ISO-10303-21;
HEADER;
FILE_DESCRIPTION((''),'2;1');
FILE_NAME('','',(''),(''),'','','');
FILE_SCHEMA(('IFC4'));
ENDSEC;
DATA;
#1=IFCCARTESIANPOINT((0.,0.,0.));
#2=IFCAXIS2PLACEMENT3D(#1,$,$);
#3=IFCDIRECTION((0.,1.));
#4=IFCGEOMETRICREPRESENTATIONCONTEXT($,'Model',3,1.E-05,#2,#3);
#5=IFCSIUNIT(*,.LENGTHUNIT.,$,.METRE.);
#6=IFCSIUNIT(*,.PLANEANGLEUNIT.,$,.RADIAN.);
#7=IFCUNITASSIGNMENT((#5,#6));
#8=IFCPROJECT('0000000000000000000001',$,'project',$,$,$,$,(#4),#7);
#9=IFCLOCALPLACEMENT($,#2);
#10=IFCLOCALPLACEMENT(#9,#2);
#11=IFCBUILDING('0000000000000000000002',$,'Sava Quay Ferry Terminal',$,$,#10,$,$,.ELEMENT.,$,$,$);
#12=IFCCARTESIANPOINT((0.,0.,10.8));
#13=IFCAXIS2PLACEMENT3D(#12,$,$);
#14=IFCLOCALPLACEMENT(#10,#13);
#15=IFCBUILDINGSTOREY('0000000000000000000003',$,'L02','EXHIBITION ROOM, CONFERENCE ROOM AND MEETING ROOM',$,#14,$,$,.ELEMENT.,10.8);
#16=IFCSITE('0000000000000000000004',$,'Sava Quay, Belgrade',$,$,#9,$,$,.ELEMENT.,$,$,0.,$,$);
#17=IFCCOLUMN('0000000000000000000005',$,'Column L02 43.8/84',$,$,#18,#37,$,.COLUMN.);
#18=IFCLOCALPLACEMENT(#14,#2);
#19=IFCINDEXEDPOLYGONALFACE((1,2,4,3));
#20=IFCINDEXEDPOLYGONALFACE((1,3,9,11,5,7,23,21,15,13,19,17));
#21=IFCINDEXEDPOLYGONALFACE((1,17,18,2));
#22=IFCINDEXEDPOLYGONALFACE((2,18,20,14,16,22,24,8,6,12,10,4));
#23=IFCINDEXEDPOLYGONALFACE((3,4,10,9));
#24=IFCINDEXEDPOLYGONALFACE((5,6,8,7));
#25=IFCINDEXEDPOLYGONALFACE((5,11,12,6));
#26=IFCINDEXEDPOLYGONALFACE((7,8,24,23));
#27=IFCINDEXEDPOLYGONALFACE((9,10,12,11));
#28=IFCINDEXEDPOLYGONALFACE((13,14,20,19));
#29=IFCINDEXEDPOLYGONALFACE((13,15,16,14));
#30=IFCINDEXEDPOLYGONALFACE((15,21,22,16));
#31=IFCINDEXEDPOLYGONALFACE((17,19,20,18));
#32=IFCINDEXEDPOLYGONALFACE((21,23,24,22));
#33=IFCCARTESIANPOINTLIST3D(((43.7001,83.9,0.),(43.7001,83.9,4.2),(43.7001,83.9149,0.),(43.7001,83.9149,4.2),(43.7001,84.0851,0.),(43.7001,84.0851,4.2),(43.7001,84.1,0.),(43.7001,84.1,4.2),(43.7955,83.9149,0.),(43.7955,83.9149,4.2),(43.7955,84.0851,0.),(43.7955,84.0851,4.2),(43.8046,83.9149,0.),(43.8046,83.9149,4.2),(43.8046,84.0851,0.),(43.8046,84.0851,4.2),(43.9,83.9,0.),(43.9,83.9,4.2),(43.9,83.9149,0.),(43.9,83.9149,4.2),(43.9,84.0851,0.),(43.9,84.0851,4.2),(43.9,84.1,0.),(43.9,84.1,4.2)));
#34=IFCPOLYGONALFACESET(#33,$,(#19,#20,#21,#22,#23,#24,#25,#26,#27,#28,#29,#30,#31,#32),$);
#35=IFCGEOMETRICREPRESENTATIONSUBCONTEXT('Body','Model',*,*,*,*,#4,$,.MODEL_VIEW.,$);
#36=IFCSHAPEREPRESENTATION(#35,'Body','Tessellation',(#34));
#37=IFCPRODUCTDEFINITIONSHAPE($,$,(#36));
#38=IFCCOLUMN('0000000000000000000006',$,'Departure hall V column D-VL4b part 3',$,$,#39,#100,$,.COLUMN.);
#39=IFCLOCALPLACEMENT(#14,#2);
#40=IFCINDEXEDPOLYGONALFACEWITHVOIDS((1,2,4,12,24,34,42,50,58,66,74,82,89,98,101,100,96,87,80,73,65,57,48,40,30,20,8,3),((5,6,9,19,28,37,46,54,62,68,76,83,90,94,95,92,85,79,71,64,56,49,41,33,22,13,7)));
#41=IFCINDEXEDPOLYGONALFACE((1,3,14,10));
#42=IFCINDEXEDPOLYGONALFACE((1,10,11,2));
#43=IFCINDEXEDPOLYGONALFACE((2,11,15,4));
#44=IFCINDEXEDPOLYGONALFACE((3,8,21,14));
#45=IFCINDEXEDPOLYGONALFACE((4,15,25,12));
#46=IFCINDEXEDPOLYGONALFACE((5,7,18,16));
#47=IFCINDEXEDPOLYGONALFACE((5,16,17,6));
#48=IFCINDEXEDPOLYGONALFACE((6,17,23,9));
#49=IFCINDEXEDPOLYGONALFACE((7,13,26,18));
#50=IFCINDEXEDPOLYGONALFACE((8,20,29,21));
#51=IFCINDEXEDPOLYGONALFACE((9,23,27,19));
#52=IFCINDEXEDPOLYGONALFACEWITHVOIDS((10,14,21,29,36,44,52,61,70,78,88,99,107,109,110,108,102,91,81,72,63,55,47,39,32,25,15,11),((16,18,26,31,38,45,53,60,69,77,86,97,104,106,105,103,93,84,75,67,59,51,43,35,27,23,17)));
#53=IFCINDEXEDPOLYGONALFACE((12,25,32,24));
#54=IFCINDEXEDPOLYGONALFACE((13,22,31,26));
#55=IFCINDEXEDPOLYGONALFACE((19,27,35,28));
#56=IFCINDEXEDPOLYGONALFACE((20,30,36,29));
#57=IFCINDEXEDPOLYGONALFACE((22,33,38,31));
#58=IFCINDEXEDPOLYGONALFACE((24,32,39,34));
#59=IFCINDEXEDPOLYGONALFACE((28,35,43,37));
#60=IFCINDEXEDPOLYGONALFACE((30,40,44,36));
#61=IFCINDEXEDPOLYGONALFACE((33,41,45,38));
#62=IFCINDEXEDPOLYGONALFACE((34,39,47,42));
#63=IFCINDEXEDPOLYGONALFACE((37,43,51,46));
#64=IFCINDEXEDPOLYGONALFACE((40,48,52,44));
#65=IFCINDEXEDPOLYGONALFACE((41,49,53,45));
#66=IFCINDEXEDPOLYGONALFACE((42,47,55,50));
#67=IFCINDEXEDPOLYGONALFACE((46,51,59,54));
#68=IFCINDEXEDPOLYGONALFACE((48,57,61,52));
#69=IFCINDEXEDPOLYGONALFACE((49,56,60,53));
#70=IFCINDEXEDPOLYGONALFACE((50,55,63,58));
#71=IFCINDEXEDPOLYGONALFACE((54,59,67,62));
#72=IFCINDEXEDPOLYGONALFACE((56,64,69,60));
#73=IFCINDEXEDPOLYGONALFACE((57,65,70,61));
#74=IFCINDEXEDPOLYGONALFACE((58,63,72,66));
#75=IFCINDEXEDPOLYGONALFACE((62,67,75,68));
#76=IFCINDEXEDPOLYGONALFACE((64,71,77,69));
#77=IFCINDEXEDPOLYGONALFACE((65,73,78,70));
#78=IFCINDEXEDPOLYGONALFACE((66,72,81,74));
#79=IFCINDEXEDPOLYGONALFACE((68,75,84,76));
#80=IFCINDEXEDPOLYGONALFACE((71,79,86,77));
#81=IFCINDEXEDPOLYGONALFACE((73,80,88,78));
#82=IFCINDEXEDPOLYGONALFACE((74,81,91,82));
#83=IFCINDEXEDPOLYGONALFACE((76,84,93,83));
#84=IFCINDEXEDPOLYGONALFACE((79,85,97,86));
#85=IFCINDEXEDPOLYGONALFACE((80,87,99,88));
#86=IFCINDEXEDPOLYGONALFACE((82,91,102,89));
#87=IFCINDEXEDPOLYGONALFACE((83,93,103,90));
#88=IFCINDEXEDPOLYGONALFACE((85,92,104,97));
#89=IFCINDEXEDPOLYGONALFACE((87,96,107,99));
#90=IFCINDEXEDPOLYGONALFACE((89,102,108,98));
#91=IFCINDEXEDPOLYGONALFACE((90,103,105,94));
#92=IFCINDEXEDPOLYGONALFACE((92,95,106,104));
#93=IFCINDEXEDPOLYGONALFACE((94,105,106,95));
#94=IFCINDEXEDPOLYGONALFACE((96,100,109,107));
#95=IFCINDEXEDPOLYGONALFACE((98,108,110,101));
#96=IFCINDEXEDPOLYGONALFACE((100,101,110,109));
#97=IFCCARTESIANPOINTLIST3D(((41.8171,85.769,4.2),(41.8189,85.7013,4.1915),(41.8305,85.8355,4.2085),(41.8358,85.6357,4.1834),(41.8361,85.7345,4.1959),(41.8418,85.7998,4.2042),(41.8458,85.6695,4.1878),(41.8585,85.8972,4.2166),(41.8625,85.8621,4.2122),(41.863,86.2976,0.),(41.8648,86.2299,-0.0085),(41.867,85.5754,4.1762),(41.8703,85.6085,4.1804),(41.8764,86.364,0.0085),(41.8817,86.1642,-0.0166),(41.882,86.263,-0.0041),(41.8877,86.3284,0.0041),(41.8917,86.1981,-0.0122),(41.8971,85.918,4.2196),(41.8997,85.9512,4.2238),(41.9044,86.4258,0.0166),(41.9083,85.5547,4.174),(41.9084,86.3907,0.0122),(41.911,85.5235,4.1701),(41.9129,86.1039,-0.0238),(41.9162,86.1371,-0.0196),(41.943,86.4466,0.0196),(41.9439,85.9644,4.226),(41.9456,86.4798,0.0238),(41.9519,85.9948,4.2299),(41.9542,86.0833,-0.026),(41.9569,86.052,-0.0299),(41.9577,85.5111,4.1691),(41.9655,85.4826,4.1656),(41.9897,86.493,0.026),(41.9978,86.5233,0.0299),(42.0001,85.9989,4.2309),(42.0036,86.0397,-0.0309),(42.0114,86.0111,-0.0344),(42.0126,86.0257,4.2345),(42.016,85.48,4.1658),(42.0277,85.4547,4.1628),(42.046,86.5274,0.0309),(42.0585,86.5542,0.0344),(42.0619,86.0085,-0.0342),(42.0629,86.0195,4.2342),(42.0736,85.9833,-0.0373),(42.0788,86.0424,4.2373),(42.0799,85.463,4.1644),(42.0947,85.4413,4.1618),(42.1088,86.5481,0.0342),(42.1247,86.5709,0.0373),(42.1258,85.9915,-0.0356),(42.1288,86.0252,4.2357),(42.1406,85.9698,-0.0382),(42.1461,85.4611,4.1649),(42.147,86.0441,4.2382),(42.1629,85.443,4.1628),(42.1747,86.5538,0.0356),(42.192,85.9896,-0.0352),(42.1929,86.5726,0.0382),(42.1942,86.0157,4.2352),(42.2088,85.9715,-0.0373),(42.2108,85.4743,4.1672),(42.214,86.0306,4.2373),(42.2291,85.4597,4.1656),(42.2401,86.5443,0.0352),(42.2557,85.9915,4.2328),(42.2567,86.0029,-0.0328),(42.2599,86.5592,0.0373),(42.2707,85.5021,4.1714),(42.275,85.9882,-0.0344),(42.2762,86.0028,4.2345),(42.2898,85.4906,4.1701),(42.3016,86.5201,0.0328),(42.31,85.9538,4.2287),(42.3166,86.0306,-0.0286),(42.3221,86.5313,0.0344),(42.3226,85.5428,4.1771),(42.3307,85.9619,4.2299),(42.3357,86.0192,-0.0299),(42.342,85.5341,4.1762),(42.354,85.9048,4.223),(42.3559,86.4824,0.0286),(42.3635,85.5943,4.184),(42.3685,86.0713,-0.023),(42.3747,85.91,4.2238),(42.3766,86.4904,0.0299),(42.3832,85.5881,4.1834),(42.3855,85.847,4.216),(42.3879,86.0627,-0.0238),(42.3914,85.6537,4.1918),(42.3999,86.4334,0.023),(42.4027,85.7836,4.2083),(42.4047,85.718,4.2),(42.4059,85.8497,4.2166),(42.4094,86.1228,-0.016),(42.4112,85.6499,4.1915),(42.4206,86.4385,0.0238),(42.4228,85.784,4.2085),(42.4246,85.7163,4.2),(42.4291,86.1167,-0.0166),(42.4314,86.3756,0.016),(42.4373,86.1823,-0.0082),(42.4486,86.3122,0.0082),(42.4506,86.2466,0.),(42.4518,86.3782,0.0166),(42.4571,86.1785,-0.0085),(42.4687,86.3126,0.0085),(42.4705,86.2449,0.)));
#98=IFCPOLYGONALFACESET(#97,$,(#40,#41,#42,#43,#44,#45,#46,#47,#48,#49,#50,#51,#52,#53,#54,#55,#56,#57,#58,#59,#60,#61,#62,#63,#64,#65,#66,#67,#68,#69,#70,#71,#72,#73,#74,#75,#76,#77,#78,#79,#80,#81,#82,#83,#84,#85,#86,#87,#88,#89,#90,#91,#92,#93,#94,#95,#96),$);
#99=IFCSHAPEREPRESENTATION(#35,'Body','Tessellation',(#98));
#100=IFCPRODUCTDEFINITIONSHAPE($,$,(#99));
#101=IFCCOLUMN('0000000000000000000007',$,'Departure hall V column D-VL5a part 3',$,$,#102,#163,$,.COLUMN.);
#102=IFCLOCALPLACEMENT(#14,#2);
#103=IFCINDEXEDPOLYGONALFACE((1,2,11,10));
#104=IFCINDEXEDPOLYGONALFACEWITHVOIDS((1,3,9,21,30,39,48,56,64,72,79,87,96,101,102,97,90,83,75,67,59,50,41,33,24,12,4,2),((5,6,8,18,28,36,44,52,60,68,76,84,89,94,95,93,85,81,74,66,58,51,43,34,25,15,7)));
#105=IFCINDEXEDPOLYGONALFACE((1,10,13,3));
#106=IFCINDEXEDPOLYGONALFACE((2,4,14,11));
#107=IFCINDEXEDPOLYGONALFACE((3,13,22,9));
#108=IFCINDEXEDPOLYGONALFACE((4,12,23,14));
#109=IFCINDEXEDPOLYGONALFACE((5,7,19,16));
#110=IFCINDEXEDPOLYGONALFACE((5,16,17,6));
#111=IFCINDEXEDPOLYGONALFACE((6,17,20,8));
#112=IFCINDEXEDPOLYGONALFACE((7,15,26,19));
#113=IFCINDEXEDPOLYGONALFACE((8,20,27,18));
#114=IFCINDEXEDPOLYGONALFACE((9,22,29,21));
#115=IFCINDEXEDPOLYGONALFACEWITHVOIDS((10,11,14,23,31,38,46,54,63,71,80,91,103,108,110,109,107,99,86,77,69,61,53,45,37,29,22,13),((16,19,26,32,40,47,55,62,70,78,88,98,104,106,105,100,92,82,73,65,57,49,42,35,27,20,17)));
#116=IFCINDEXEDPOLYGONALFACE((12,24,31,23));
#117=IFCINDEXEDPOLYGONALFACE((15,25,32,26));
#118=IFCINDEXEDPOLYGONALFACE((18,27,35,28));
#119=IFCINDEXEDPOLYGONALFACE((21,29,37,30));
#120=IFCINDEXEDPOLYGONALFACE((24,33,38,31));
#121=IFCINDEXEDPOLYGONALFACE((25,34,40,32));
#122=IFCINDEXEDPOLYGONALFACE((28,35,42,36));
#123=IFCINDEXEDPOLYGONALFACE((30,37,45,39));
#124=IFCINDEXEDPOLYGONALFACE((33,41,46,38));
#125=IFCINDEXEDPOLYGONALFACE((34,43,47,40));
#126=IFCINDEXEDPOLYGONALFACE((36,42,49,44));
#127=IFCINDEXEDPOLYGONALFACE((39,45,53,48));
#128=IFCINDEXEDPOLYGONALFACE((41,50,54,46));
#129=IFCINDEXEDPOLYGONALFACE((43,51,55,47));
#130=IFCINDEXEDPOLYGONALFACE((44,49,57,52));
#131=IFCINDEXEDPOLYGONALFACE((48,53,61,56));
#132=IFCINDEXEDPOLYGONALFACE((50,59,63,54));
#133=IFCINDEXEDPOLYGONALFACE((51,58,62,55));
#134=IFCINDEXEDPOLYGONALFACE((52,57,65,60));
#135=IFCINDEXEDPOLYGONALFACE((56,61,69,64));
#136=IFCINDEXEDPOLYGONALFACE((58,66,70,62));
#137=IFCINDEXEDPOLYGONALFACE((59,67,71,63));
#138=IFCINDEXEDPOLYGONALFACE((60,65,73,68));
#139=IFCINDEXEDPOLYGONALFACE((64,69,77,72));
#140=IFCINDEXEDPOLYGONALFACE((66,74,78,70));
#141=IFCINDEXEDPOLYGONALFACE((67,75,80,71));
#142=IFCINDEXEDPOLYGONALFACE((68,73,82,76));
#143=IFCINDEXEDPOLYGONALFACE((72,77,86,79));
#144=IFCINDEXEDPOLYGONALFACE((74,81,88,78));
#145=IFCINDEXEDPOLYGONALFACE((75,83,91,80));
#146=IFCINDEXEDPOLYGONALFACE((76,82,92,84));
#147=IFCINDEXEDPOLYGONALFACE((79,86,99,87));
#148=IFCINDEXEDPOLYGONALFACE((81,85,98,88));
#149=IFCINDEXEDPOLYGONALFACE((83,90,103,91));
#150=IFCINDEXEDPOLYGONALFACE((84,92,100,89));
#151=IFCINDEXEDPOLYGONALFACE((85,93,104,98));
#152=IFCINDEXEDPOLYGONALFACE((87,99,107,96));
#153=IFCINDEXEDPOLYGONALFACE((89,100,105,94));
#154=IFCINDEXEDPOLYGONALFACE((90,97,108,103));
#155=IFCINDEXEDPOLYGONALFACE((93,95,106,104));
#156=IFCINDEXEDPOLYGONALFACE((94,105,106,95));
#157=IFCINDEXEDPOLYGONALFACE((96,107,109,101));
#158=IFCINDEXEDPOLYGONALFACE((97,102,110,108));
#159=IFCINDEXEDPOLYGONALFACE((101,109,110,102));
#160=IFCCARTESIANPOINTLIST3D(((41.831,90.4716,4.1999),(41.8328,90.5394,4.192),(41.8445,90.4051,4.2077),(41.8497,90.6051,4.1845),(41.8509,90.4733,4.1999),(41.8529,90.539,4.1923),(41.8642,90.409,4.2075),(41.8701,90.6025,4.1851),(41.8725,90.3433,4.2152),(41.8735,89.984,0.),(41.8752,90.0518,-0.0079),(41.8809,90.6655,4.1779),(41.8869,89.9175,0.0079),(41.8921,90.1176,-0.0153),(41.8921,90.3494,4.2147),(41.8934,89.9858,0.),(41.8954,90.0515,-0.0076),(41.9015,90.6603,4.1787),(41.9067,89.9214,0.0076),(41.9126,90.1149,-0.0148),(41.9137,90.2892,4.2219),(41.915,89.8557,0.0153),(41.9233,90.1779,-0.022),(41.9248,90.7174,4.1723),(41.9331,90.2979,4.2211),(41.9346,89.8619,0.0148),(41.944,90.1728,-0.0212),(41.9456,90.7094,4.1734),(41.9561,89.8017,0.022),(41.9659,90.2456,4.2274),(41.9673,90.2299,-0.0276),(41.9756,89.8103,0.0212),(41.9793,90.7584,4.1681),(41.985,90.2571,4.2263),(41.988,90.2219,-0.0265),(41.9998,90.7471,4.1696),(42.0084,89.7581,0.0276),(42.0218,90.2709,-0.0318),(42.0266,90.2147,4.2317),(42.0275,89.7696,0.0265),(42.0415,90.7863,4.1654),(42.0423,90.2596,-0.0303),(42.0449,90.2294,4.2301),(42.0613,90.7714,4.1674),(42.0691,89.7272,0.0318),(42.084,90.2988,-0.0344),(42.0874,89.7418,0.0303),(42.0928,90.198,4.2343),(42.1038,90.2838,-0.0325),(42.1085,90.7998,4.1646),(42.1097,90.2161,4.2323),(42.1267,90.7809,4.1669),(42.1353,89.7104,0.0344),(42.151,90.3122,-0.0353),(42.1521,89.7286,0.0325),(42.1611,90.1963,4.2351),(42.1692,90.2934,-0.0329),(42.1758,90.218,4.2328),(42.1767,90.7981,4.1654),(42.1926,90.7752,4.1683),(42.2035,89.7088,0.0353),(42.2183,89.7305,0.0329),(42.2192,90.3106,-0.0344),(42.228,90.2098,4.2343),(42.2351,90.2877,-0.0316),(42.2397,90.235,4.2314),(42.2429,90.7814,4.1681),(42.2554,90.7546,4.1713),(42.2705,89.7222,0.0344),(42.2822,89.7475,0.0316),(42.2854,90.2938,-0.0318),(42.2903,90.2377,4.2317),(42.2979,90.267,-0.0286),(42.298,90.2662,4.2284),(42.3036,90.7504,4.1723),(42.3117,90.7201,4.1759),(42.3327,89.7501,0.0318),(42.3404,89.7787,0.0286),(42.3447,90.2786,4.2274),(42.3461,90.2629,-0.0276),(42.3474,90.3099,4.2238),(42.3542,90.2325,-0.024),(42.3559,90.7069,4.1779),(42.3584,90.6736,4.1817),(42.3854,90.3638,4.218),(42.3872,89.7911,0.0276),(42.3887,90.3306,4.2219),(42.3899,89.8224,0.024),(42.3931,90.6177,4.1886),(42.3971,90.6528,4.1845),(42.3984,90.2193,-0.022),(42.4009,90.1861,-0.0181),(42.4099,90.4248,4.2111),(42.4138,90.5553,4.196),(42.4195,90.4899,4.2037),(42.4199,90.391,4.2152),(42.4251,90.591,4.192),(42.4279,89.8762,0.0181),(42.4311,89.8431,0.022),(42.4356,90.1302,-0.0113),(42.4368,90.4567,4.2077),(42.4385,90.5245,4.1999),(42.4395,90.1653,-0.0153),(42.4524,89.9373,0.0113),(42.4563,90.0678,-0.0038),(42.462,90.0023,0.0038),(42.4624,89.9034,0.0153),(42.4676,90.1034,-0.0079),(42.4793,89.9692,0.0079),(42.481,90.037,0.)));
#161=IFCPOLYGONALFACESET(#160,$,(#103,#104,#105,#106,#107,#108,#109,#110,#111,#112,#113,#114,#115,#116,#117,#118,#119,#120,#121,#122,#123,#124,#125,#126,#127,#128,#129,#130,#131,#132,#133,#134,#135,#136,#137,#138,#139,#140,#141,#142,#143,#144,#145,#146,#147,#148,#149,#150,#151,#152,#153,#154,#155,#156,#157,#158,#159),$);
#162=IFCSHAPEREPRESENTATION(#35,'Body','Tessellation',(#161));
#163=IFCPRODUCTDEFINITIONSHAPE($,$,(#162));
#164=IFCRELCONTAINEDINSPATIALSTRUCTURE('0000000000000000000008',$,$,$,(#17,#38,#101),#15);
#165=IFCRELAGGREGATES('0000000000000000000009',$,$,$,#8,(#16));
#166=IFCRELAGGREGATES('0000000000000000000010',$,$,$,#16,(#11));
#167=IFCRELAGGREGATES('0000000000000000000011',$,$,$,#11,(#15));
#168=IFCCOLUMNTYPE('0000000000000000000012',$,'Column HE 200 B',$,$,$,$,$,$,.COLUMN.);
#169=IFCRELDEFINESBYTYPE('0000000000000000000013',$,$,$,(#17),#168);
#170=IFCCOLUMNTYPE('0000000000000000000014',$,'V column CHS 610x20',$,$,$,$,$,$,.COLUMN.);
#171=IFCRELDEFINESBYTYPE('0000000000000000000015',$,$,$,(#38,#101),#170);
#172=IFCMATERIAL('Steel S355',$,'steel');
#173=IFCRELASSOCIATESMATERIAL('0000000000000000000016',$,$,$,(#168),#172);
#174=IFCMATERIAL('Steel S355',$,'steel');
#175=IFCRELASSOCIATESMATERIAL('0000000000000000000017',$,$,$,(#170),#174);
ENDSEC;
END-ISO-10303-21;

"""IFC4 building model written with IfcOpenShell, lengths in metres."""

from ifc_helpers import new_model, si_unit, direction, frame, origin, origin_2d, place, context, subcontext, project, spatial, hollow_circle, i_section, extrude, material, material_profile, profile_set, type_object, element, save


model = new_model("IFC4")

# Units and contexts
model_context = context("Model", 3, precision=1e-05, world=origin(), true_north=direction((0.0, 1.0)))
body_context = subcontext(model_context, "Body", "Model", "MODEL_VIEW")
ifc_project = project(units=[si_unit("LENGTHUNIT", "METRE"), si_unit("PLANEANGLEUNIT", "RADIAN")], contexts=[model_context])

# Site, building, storey
site_placement = place(None, origin())
site = spatial("IfcSite", under=ifc_project, at=site_placement, Name="Sava Quay, Belgrade", CompositionType="ELEMENT", RefElevation=0.0)
building_placement = place(site_placement, origin())
building = spatial("IfcBuilding", under=site, at=building_placement, Name="Sava Quay Ferry Terminal", CompositionType="ELEMENT")
storey_placement = place(building_placement, frame((0.0, 0.0, 10.8)))
storey = spatial("IfcBuildingStorey", under=building, at=storey_placement, Name="L02", Description="EXHIBITION ROOM, CONFERENCE ROOM AND MEETING ROOM", CompositionType="ELEMENT", Elevation=10.8)

# Columns
ifc_material_1 = material(Name="Steel S355", Category="steel")
ifc_material_profile_1 = material_profile(ifc_material_1, i_section(OverallWidth=0.2, OverallDepth=0.2, WebThickness=0.009, FlangeThickness=0.0149, at=origin_2d()), Name="HE 200 B")
ifc_profile_set_1 = profile_set([ifc_material_profile_1], Name="Steel S355")
column_type_1 = type_object("IfcColumnType", Name="Column HE 200 B", PredefinedType="COLUMN", material=ifc_profile_set_1)
column_1_placement = place(storey_placement, frame((43.8, 84.0, 0.0), z_axis=(0.0, 0.0, 1.0), x_axis=(1.0, 0.0, 0.0)))
element("IfcColumn", 1, at=column_1_placement, inside=storey, type_object=column_type_1, Name="Column L02 43.8/84", PredefinedType="COLUMN", context=body_context, shape_type="SweptSolid", body=[
    extrude(i_section(OverallWidth=0.2, OverallDepth=0.2, WebThickness=0.009, FlangeThickness=0.0149, at=origin_2d()), origin(), (0.0, 0.0, 1.0), 4.2),
])
ifc_material_2 = material(Name="Steel S355", Category="steel")
ifc_material_profile_2 = material_profile(ifc_material_2, hollow_circle(Radius=0.3049, WallThickness=0.02, at=origin_2d()), Name="CHS 610 x 20.0")
ifc_profile_set_2 = profile_set([ifc_material_profile_2], Name="Steel S355")
column_type_2 = type_object("IfcColumnType", Name="V column CHS 610x20", PredefinedType="COLUMN", material=ifc_profile_set_2)
column_2_placement = place(storey_placement, frame((42.1667, 86.2712, 0.0), z_axis=(-0.010842, -0.124858, 0.992115), x_axis=(0.996251, -0.08651, 0.0)))
element("IfcColumn", 2, at=column_2_placement, inside=storey, type_object=column_type_2, Name="Departure hall V column D-VL4b part 3", PredefinedType="COLUMN", context=body_context, shape_type="SweptSolid", body=[
    extrude(hollow_circle(Radius=0.3049, WallThickness=0.02, at=origin_2d()), origin(), (0.0, 0.0, 1.0), 4.2334),
])
for number, where, z_axis, x_axis, name in (
    (3, (42.1772, 90.0105, 0.0), (-0.010047, 0.115304, 0.993279), (-0.996226, -0.086802, 0.0), "Departure hall V column D-VL5a part 3"),
):
    element("IfcColumn", number, at=place(storey_placement, frame(where, z_axis=z_axis, x_axis=x_axis)), inside=storey, type_object=column_type_2, Name=name, PredefinedType="COLUMN", context=body_context, shape_type="SweptSolid", body=[
        extrude(hollow_circle(Radius=0.3049, WallThickness=0.02, at=origin_2d()), origin(), (0.0, 0.0, 1.0), 4.2283),
    ])

save(model, "model.ifc")
